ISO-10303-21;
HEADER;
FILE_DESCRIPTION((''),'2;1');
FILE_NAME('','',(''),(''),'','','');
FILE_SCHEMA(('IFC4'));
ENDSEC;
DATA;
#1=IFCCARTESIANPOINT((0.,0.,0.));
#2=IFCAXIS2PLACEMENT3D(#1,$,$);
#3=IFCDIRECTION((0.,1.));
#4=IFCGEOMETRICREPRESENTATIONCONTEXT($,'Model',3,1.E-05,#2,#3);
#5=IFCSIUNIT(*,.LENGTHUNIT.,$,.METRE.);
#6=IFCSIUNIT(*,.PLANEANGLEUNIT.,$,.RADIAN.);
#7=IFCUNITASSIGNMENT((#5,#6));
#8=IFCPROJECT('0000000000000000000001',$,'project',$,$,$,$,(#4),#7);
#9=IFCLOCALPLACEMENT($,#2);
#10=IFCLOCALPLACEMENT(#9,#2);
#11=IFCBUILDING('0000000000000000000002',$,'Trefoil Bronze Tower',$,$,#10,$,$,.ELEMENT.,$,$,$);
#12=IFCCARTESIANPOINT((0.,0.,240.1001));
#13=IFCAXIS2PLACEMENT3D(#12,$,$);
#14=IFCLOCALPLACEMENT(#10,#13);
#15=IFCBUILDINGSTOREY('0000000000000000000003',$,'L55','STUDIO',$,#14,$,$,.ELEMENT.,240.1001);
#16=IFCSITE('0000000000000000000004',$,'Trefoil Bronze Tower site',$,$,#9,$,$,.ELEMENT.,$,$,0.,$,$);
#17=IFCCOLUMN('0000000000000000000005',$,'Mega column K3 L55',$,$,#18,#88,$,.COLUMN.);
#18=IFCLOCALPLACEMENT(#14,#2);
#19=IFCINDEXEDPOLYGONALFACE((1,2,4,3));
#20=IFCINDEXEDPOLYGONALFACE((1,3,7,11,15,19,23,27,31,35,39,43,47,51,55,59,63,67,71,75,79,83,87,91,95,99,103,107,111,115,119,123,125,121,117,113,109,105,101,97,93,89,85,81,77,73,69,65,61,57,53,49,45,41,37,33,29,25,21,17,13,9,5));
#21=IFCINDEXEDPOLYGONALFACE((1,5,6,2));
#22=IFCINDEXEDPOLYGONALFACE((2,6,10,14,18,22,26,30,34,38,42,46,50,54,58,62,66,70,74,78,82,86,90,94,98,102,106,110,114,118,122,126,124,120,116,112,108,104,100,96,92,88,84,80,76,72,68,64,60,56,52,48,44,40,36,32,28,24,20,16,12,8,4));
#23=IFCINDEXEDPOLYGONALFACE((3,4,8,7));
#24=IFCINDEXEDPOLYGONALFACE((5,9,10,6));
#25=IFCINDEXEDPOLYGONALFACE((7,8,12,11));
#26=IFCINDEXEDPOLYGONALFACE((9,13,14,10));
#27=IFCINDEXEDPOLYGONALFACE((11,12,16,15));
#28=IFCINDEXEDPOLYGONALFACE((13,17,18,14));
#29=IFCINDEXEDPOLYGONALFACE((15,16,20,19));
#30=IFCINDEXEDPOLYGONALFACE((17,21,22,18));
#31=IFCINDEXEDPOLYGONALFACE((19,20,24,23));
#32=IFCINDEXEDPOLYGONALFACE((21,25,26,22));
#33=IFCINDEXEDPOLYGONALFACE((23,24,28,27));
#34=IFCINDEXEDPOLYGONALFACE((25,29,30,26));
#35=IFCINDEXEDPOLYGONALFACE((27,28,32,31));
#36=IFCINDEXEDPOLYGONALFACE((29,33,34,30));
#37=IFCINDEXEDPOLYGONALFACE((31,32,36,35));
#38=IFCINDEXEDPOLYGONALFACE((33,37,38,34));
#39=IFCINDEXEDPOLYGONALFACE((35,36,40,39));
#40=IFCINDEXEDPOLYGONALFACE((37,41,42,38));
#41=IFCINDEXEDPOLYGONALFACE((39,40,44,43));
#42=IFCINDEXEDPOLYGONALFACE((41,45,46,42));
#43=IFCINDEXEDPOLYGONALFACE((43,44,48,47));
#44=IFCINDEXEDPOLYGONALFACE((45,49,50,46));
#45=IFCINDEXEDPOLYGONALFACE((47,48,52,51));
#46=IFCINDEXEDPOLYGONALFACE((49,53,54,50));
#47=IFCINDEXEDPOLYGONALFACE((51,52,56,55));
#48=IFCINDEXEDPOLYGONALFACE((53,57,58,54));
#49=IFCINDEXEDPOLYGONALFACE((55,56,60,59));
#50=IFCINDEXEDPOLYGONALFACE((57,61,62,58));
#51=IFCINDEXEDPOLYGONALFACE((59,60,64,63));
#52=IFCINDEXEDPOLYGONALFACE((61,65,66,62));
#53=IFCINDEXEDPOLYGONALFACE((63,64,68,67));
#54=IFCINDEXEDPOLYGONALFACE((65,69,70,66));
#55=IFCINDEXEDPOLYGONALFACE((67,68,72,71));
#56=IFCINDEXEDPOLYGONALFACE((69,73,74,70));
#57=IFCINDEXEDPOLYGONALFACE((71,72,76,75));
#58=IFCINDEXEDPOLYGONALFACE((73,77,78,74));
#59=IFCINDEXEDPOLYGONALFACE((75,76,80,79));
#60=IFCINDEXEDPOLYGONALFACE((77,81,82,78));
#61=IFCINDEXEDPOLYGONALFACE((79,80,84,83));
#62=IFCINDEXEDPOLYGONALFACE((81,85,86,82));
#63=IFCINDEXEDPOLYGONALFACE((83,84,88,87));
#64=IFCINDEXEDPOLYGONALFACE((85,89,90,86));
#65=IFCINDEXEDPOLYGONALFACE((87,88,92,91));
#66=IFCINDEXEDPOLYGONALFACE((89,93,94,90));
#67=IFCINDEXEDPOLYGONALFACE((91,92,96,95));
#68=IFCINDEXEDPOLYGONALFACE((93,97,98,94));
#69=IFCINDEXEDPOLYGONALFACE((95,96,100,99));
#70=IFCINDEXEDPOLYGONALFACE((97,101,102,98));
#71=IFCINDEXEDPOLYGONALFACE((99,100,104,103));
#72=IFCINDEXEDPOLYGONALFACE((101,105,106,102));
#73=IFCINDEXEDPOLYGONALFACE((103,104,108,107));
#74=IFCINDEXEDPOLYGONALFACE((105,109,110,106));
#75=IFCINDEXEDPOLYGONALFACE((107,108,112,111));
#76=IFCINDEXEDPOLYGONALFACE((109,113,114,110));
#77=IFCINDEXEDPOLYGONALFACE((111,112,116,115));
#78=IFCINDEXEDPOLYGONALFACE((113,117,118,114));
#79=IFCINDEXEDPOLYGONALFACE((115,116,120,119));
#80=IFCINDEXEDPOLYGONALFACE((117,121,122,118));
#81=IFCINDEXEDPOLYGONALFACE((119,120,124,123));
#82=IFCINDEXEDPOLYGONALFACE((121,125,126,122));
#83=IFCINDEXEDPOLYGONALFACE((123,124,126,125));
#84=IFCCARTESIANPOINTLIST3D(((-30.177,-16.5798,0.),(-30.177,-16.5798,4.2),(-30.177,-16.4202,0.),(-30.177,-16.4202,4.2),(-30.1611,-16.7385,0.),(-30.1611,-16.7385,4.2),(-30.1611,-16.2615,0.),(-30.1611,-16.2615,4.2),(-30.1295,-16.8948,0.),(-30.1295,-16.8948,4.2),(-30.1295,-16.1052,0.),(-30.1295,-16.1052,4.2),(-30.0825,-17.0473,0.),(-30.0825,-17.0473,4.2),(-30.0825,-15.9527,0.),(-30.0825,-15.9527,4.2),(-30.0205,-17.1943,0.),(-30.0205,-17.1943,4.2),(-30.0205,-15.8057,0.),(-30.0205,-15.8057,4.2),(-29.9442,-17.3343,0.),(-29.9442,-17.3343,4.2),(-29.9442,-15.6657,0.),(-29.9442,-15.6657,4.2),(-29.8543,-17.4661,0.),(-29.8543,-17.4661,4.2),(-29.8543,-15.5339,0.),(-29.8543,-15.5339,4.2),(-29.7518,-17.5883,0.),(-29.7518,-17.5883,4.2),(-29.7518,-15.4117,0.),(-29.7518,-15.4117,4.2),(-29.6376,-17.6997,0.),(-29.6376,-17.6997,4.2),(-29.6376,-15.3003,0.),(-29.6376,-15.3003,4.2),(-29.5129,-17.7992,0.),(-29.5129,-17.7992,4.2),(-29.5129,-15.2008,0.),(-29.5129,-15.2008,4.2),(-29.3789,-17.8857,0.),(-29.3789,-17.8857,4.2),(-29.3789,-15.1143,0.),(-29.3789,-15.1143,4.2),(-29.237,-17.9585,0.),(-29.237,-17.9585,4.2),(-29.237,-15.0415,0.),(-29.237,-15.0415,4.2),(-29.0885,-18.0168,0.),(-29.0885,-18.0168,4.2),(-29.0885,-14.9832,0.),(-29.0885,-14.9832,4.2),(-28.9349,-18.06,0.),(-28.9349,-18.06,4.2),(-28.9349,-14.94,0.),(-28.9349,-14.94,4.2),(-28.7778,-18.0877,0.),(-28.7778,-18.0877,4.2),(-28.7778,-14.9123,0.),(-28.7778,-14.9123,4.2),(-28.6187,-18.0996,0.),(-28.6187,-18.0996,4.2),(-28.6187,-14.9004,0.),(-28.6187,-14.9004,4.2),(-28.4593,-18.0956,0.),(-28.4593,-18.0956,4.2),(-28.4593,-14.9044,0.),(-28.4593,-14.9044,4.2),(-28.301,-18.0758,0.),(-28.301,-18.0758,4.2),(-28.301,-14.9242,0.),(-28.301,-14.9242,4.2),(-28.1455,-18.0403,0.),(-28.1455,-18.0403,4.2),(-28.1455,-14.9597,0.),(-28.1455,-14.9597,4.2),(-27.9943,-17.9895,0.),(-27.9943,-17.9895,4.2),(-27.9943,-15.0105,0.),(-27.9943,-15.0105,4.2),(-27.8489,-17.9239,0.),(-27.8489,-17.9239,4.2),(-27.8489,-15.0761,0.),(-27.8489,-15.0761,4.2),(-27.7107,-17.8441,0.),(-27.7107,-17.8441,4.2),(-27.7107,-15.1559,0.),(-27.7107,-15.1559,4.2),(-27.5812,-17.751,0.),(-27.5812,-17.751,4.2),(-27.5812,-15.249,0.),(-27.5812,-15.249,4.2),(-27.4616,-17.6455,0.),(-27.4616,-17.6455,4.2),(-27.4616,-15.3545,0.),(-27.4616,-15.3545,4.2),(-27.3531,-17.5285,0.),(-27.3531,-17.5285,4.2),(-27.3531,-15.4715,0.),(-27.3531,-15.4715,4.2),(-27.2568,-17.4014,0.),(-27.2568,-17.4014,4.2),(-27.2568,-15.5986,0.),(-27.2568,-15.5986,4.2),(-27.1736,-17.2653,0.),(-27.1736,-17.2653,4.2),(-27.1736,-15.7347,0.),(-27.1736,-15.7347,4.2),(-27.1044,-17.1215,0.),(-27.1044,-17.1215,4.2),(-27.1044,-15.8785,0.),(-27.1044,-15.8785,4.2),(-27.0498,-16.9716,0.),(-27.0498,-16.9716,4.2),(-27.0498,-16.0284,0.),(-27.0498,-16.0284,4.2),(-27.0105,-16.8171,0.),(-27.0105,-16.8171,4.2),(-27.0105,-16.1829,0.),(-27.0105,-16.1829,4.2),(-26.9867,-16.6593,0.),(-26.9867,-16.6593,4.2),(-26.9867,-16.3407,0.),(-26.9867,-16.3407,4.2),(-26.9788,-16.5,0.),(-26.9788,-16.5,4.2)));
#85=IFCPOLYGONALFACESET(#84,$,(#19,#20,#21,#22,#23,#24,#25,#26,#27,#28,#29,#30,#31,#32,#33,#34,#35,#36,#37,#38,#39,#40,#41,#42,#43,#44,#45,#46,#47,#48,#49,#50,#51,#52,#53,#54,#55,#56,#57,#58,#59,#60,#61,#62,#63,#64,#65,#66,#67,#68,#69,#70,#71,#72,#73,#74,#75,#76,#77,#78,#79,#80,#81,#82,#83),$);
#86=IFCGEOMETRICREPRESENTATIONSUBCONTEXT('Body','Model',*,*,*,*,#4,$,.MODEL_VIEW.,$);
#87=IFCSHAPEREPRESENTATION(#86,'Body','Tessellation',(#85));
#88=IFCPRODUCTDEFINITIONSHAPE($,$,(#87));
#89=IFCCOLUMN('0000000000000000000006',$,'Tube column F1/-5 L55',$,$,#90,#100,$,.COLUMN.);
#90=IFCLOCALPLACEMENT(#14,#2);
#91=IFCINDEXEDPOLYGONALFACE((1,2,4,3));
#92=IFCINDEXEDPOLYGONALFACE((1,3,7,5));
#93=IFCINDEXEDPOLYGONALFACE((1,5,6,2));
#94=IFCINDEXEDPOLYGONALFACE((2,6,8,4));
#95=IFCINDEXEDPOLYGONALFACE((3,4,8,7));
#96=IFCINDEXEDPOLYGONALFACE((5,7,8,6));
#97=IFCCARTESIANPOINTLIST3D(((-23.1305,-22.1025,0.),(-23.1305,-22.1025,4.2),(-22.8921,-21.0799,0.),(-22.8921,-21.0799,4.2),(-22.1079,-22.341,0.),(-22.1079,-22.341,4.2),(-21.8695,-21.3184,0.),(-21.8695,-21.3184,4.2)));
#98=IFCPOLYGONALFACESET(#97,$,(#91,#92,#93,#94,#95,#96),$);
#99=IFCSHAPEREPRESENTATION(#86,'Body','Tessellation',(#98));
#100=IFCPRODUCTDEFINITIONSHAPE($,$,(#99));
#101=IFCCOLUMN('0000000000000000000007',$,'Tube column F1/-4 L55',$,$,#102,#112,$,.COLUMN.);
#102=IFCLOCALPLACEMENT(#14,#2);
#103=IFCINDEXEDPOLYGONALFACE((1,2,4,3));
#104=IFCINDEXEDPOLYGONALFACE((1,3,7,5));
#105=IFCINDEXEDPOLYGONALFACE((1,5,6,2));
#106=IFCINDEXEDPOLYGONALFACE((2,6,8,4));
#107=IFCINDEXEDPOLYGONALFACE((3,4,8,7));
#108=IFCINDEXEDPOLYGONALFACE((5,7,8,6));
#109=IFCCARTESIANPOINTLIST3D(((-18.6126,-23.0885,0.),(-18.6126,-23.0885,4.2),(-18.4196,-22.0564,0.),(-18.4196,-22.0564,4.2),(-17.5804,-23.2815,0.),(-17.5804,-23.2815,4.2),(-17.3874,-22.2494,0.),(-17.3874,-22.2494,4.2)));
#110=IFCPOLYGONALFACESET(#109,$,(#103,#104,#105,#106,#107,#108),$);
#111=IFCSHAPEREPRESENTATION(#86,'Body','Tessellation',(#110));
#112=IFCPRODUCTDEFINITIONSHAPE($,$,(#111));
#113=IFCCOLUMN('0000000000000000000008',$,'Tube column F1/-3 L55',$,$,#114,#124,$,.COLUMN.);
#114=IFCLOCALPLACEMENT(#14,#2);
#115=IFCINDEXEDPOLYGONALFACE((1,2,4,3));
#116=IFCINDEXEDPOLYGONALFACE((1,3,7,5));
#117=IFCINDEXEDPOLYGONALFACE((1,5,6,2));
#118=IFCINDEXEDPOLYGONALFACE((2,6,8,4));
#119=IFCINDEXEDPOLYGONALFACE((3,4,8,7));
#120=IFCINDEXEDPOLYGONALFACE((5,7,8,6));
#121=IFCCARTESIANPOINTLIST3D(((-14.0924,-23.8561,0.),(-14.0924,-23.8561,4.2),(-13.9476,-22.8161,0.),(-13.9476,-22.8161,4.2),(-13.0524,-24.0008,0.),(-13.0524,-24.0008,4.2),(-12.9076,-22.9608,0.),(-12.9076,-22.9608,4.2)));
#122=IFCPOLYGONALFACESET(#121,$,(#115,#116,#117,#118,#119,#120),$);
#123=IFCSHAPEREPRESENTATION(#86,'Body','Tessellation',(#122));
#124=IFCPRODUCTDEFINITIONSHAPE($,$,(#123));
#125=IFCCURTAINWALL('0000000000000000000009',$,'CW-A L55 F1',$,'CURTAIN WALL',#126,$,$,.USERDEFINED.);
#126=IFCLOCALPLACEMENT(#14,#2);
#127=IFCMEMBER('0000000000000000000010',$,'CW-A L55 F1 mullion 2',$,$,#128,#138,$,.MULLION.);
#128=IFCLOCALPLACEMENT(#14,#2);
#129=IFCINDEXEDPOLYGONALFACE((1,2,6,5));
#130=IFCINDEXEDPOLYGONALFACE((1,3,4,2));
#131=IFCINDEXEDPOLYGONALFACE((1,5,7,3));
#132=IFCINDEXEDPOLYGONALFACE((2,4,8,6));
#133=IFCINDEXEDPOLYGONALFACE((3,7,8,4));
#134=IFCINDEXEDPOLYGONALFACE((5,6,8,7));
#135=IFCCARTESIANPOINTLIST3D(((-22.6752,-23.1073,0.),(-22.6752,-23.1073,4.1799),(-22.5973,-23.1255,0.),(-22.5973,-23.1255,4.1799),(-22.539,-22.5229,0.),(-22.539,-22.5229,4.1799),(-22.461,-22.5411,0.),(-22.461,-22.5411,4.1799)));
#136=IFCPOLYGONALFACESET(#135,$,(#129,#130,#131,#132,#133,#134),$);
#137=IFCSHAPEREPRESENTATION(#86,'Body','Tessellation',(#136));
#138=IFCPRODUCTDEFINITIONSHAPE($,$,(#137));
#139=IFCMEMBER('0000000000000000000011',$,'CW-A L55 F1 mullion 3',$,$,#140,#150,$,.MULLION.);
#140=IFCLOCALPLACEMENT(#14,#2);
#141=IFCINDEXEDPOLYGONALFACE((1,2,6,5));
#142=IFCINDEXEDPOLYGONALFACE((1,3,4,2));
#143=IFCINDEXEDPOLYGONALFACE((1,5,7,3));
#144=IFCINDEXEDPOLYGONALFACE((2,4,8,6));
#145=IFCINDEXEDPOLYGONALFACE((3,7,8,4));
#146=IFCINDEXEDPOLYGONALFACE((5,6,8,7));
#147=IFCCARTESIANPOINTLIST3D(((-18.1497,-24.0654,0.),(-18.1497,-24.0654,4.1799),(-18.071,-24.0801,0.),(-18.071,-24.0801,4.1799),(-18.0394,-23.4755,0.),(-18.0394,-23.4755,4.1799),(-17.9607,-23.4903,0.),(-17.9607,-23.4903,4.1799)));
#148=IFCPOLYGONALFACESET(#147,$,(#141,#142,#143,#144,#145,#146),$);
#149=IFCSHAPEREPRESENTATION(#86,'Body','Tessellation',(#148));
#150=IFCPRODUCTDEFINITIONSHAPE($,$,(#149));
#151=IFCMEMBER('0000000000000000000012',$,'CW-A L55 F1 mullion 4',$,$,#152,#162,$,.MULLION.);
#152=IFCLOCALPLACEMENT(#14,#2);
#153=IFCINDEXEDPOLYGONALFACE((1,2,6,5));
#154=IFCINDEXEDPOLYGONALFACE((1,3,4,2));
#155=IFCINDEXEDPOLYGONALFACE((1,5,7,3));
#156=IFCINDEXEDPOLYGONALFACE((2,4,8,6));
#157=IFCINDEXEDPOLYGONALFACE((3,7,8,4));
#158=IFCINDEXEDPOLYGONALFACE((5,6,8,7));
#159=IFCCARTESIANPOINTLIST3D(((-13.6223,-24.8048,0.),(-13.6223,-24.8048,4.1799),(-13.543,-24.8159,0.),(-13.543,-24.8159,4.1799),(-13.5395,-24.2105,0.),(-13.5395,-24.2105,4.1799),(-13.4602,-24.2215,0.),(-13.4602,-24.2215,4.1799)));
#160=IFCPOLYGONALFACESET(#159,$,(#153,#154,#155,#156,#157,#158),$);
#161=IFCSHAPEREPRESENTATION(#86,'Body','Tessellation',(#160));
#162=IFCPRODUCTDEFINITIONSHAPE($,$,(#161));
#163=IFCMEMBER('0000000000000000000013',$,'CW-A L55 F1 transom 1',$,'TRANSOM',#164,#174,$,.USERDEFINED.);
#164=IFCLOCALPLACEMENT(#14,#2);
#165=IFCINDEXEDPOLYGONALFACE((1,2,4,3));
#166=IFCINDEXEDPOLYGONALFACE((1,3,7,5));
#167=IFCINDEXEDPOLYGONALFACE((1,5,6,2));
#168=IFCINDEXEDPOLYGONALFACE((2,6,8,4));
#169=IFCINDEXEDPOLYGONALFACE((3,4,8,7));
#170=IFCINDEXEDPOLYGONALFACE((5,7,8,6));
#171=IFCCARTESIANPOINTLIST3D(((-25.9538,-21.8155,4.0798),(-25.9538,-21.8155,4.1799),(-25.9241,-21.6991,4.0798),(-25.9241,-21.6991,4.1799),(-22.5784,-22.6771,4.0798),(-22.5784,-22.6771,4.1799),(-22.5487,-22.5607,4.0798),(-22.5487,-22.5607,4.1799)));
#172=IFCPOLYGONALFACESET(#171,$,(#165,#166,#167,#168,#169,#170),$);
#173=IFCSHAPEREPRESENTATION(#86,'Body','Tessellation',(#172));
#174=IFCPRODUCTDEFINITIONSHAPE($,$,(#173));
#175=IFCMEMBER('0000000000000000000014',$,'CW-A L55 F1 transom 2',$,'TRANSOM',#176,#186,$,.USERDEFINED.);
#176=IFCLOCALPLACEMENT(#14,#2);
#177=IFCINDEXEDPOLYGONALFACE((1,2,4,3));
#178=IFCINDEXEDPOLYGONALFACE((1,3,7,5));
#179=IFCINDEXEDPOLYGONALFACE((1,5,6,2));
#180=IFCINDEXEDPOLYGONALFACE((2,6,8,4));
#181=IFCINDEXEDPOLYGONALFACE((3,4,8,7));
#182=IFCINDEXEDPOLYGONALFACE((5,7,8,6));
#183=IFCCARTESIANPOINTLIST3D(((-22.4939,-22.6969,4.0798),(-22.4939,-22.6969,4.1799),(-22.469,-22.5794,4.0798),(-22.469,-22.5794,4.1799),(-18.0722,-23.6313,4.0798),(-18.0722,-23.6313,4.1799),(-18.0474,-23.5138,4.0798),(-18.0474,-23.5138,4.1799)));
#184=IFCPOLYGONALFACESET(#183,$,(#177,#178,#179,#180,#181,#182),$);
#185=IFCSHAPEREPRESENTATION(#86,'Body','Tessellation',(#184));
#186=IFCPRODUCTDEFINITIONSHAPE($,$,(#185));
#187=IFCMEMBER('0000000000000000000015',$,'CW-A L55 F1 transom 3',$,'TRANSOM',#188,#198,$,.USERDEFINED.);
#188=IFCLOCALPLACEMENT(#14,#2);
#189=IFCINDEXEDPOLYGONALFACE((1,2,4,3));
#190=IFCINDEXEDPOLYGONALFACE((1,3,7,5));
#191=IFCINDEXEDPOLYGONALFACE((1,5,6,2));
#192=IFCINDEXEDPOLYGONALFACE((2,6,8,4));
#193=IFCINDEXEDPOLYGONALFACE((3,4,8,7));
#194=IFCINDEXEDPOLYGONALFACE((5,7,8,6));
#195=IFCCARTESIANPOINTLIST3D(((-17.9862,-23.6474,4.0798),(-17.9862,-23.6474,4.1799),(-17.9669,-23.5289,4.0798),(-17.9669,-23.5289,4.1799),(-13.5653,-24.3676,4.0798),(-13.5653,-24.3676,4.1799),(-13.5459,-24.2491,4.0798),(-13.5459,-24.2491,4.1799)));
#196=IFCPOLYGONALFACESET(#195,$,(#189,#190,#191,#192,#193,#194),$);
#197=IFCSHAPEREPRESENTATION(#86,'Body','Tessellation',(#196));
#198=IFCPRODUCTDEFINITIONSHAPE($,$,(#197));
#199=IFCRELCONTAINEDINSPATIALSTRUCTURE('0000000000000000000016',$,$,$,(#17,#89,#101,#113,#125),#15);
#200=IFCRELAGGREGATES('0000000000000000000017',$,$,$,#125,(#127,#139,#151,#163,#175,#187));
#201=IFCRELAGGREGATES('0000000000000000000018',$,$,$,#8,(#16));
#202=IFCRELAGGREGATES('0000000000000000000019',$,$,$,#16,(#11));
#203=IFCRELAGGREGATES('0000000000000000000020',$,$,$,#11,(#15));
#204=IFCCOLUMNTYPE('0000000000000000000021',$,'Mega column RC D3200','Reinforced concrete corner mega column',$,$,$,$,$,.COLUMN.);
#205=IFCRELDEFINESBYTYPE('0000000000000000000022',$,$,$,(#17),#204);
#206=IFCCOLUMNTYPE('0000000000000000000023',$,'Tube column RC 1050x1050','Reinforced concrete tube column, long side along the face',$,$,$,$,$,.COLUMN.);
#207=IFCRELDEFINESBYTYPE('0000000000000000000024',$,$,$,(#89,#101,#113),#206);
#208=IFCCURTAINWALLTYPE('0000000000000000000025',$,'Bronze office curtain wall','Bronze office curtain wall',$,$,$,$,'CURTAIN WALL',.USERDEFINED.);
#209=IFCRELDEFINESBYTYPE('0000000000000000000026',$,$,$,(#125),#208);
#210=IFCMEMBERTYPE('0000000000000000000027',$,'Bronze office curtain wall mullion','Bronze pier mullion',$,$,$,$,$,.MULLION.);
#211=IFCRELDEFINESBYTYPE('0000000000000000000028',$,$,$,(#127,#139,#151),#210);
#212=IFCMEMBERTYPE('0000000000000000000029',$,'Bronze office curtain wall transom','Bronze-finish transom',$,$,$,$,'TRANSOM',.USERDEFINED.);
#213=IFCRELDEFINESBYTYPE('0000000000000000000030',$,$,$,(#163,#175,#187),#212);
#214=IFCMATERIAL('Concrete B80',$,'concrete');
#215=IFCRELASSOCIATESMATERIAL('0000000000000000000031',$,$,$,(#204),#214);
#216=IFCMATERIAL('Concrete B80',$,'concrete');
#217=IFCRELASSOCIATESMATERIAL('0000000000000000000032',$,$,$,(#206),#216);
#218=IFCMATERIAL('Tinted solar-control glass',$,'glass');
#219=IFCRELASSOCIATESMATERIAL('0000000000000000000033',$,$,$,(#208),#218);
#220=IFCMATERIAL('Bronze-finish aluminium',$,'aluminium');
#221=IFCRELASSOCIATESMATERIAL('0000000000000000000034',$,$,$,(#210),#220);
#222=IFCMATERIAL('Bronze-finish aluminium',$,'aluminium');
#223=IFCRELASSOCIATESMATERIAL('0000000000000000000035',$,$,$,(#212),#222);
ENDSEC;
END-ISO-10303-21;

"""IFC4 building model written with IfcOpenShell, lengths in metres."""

from ifc_helpers import new_model, si_unit, direction, frame, origin, origin_2d, place, context, subcontext, project, spatial, rectangle, circle, extrude, material, material_profile, profile_set, type_object, element, aggregate, save


model = new_model("IFC4")

# Units and contexts
model_context = context("Model", 3, precision=1e-05, world=origin(), true_north=direction((0.0, 1.0)))
body_context = subcontext(model_context, "Body", "Model", "MODEL_VIEW")
ifc_project = project(units=[si_unit("LENGTHUNIT", "METRE"), si_unit("PLANEANGLEUNIT", "RADIAN")], contexts=[model_context])

# Site, building, storey
site_placement = place(None, origin())
site = spatial("IfcSite", under=ifc_project, at=site_placement, Name="Trefoil Bronze Tower site", CompositionType="ELEMENT", RefElevation=0.0)
building_placement = place(site_placement, origin())
building = spatial("IfcBuilding", under=site, at=building_placement, Name="Trefoil Bronze Tower", CompositionType="ELEMENT")
storey_placement = place(building_placement, frame((0.0, 0.0, 240.1001)))
storey = spatial("IfcBuildingStorey", under=building, at=storey_placement, Name="L55", Description="STUDIO", CompositionType="ELEMENT", Elevation=240.1001)

# Columns
ifc_material_1 = material(Name="Concrete B80", Category="concrete")
ifc_material_profile_1 = material_profile(ifc_material_1, circle(Radius=1.6001, at=origin_2d()), Name="RC D3200")
ifc_profile_set_1 = profile_set([ifc_material_profile_1], Name="Concrete B80")
column_type_1 = type_object("IfcColumnType", Name="Mega column RC D3200", Description="Reinforced concrete corner mega column", PredefinedType="COLUMN", material=ifc_profile_set_1)
column_placement = place(storey_placement, frame((-28.5789, -16.5, 0.0), z_axis=(0.0, 0.0, 1.0), x_axis=(1.0, 0.0, 0.0)))
element("IfcColumn", 1, at=column_placement, inside=storey, type_object=column_type_1, Name="Mega column K3 L55", PredefinedType="COLUMN", context=body_context, shape_type="SweptSolid", body=[
    extrude(circle(Radius=1.6001, at=origin_2d()), origin(), (0.0, 0.0, 1.0), 4.2),
])
ifc_material_2 = material(Name="Concrete B80", Category="concrete")
ifc_material_profile_2 = material_profile(ifc_material_2, rectangle(XDim=1.05, YDim=1.05, at=origin_2d()), Name="RC 1050x1050")
ifc_profile_set_2 = profile_set([ifc_material_profile_2], Name="Concrete B80")
column_type_2 = type_object("IfcColumnType", Name="Tube column RC 1050x1050", Description="Reinforced concrete tube column, long side along the face", PredefinedType="COLUMN", material=ifc_profile_set_2)
for number, where, z_axis, x_axis, name in (
    (2, (-22.5, -21.7104, 0.0), (0.0, 0.0, 1.0), (0.973875, -0.227083, 0.0), "Tube column F1/-5 L55"),
    (3, (-18.0, -22.6689, 0.0), (0.0, 0.0, 1.0), (0.982959, -0.183825, 0.0), "Tube column F1/-4 L55"),
    (4, (-13.5, -23.4084, 0.0), (0.0, 0.0, 1.0), (0.990451, -0.137868, 0.0), "Tube column F1/-3 L55"),
):
    element("IfcColumn", number, at=place(storey_placement, frame(where, z_axis=z_axis, x_axis=x_axis)), inside=storey, type_object=column_type_2, Name=name, PredefinedType="COLUMN", context=body_context, shape_type="SweptSolid", body=[
        extrude(rectangle(XDim=1.05, YDim=1.05, at=origin_2d()), origin(), (0.0, 0.0, 1.0), 4.2),
    ])

# Curtain wall, members
ifc_material_3 = material(Name="Tinted solar-control glass", Category="glass")
curtain_wall_type_1 = type_object("IfcCurtainWallType", Name="Bronze office curtain wall", Description="Bronze office curtain wall", ElementType="CURTAIN WALL", PredefinedType="USERDEFINED", material=ifc_material_3)
curtain_wall_1_placement = place(storey_placement, origin())
curtain_wall_1 = element("IfcCurtainWall", 5, at=curtain_wall_1_placement, inside=storey, type_object=curtain_wall_type_1, Name="CW-A L55 F1", ObjectType="CURTAIN WALL", PredefinedType="USERDEFINED")
ifc_material_4 = material(Name="Bronze-finish aluminium", Category="aluminium")
ifc_material_profile_3 = material_profile(ifc_material_4, rectangle(XDim=0.6001, YDim=0.0801, at=origin_2d()), Name="CW-A mullion")
ifc_profile_set_3 = profile_set([ifc_material_profile_3], Name="Bronze-finish aluminium")
member_type_1 = type_object("IfcMemberType", Name="Bronze office curtain wall mullion", Description="Bronze pier mullion", PredefinedType="MULLION", material=ifc_profile_set_3)
member_1_placement = place(storey_placement, frame((-22.5681, -22.8242, 0.0), z_axis=(0.0, 0.0, 1.0), x_axis=(0.227083, 0.973875, 0.0)))
member_1 = element("IfcMember", 6, at=member_1_placement, type_object=member_type_1, Name="CW-A L55 F1 mullion 2", PredefinedType="MULLION", context=body_context, shape_type="SweptSolid", body=[
    extrude(rectangle(XDim=0.6001, YDim=0.0801, at=origin_2d()), origin(), (0.0, 0.0, 1.0), 4.1799),
])
member_2_placement = place(storey_placement, frame((-18.0552, -23.7778, 0.0), z_axis=(0.0, 0.0, 1.0), x_axis=(0.183825, 0.982959, 0.0)))
member_2 = element("IfcMember", 7, at=member_2_placement, type_object=member_type_1, Name="CW-A L55 F1 mullion 3", PredefinedType="MULLION", context=body_context, shape_type="SweptSolid", body=[
    extrude(rectangle(XDim=0.6001, YDim=0.0801, at=origin_2d()), origin(), (0.0, 0.0, 1.0), 4.1799),
])
member_3_placement = place(storey_placement, frame((-13.5413, -24.5132, 0.0), z_axis=(0.0, 0.0, 1.0), x_axis=(0.137868, 0.990451, 0.0)))
member_3 = element("IfcMember", 8, at=member_3_placement, type_object=member_type_1, Name="CW-A L55 F1 mullion 4", PredefinedType="MULLION", context=body_context, shape_type="SweptSolid", body=[
    extrude(rectangle(XDim=0.6001, YDim=0.0801, at=origin_2d()), origin(), (0.0, 0.0, 1.0), 4.1799),
])
ifc_material_5 = material(Name="Bronze-finish aluminium", Category="aluminium")
ifc_material_profile_4 = material_profile(ifc_material_5, rectangle(XDim=0.1201, YDim=0.1001, at=origin_2d()), Name="CW-A transom")
ifc_profile_set_4 = profile_set([ifc_material_profile_4], Name="Bronze-finish aluminium")
member_type_2 = type_object("IfcMemberType", Name="Bronze office curtain wall transom", Description="Bronze-finish transom", ElementType="TRANSOM", PredefinedType="USERDEFINED", material=ifc_profile_set_4)
member_4_placement = place(storey_placement, frame((-25.939, -21.7573, 4.1299), z_axis=(0.968935, -0.247315, 0.0), x_axis=(0.247315, 0.968935, 0.0)))
member_4 = element("IfcMember", 9, at=member_4_placement, type_object=member_type_2, Name="CW-A L55 F1 transom 1", ObjectType="TRANSOM", PredefinedType="USERDEFINED", context=body_context, shape_type="SweptSolid", body=[
    extrude(rectangle(XDim=0.1201, YDim=0.1001, at=origin_2d()), origin(), (0.0, 0.0, 1.0), 3.4836),
])
member_5_placement = place(storey_placement, frame((-22.4814, -22.6382, 4.1299), z_axis=(0.978395, -0.206743, 0.0), x_axis=(0.206743, 0.978395, 0.0)))
member_5 = element("IfcMember", 10, at=member_5_placement, type_object=member_type_2, Name="CW-A L55 F1 transom 2", ObjectType="TRANSOM", PredefinedType="USERDEFINED", context=body_context, shape_type="SweptSolid", body=[
    extrude(rectangle(XDim=0.1201, YDim=0.1001, at=origin_2d()), origin(), (0.0, 0.0, 1.0), 4.5193),
])
member_6_placement = place(storey_placement, frame((-17.9766, -23.5881, 4.1299), z_axis=(0.986988, -0.160792, 0.0), x_axis=(0.160792, 0.986988, 0.0)))
member_6 = element("IfcMember", 11, at=member_6_placement, type_object=member_type_2, Name="CW-A L55 F1 transom 3", ObjectType="TRANSOM", PredefinedType="USERDEFINED", context=body_context, shape_type="SweptSolid", body=[
    extrude(rectangle(XDim=0.1201, YDim=0.1001, at=origin_2d()), origin(), (0.0, 0.0, 1.0), 4.4792),
])

aggregate(curtain_wall_1, [member_1, member_2, member_3, member_4, member_5, member_6])

save(model, "model.ifc")
